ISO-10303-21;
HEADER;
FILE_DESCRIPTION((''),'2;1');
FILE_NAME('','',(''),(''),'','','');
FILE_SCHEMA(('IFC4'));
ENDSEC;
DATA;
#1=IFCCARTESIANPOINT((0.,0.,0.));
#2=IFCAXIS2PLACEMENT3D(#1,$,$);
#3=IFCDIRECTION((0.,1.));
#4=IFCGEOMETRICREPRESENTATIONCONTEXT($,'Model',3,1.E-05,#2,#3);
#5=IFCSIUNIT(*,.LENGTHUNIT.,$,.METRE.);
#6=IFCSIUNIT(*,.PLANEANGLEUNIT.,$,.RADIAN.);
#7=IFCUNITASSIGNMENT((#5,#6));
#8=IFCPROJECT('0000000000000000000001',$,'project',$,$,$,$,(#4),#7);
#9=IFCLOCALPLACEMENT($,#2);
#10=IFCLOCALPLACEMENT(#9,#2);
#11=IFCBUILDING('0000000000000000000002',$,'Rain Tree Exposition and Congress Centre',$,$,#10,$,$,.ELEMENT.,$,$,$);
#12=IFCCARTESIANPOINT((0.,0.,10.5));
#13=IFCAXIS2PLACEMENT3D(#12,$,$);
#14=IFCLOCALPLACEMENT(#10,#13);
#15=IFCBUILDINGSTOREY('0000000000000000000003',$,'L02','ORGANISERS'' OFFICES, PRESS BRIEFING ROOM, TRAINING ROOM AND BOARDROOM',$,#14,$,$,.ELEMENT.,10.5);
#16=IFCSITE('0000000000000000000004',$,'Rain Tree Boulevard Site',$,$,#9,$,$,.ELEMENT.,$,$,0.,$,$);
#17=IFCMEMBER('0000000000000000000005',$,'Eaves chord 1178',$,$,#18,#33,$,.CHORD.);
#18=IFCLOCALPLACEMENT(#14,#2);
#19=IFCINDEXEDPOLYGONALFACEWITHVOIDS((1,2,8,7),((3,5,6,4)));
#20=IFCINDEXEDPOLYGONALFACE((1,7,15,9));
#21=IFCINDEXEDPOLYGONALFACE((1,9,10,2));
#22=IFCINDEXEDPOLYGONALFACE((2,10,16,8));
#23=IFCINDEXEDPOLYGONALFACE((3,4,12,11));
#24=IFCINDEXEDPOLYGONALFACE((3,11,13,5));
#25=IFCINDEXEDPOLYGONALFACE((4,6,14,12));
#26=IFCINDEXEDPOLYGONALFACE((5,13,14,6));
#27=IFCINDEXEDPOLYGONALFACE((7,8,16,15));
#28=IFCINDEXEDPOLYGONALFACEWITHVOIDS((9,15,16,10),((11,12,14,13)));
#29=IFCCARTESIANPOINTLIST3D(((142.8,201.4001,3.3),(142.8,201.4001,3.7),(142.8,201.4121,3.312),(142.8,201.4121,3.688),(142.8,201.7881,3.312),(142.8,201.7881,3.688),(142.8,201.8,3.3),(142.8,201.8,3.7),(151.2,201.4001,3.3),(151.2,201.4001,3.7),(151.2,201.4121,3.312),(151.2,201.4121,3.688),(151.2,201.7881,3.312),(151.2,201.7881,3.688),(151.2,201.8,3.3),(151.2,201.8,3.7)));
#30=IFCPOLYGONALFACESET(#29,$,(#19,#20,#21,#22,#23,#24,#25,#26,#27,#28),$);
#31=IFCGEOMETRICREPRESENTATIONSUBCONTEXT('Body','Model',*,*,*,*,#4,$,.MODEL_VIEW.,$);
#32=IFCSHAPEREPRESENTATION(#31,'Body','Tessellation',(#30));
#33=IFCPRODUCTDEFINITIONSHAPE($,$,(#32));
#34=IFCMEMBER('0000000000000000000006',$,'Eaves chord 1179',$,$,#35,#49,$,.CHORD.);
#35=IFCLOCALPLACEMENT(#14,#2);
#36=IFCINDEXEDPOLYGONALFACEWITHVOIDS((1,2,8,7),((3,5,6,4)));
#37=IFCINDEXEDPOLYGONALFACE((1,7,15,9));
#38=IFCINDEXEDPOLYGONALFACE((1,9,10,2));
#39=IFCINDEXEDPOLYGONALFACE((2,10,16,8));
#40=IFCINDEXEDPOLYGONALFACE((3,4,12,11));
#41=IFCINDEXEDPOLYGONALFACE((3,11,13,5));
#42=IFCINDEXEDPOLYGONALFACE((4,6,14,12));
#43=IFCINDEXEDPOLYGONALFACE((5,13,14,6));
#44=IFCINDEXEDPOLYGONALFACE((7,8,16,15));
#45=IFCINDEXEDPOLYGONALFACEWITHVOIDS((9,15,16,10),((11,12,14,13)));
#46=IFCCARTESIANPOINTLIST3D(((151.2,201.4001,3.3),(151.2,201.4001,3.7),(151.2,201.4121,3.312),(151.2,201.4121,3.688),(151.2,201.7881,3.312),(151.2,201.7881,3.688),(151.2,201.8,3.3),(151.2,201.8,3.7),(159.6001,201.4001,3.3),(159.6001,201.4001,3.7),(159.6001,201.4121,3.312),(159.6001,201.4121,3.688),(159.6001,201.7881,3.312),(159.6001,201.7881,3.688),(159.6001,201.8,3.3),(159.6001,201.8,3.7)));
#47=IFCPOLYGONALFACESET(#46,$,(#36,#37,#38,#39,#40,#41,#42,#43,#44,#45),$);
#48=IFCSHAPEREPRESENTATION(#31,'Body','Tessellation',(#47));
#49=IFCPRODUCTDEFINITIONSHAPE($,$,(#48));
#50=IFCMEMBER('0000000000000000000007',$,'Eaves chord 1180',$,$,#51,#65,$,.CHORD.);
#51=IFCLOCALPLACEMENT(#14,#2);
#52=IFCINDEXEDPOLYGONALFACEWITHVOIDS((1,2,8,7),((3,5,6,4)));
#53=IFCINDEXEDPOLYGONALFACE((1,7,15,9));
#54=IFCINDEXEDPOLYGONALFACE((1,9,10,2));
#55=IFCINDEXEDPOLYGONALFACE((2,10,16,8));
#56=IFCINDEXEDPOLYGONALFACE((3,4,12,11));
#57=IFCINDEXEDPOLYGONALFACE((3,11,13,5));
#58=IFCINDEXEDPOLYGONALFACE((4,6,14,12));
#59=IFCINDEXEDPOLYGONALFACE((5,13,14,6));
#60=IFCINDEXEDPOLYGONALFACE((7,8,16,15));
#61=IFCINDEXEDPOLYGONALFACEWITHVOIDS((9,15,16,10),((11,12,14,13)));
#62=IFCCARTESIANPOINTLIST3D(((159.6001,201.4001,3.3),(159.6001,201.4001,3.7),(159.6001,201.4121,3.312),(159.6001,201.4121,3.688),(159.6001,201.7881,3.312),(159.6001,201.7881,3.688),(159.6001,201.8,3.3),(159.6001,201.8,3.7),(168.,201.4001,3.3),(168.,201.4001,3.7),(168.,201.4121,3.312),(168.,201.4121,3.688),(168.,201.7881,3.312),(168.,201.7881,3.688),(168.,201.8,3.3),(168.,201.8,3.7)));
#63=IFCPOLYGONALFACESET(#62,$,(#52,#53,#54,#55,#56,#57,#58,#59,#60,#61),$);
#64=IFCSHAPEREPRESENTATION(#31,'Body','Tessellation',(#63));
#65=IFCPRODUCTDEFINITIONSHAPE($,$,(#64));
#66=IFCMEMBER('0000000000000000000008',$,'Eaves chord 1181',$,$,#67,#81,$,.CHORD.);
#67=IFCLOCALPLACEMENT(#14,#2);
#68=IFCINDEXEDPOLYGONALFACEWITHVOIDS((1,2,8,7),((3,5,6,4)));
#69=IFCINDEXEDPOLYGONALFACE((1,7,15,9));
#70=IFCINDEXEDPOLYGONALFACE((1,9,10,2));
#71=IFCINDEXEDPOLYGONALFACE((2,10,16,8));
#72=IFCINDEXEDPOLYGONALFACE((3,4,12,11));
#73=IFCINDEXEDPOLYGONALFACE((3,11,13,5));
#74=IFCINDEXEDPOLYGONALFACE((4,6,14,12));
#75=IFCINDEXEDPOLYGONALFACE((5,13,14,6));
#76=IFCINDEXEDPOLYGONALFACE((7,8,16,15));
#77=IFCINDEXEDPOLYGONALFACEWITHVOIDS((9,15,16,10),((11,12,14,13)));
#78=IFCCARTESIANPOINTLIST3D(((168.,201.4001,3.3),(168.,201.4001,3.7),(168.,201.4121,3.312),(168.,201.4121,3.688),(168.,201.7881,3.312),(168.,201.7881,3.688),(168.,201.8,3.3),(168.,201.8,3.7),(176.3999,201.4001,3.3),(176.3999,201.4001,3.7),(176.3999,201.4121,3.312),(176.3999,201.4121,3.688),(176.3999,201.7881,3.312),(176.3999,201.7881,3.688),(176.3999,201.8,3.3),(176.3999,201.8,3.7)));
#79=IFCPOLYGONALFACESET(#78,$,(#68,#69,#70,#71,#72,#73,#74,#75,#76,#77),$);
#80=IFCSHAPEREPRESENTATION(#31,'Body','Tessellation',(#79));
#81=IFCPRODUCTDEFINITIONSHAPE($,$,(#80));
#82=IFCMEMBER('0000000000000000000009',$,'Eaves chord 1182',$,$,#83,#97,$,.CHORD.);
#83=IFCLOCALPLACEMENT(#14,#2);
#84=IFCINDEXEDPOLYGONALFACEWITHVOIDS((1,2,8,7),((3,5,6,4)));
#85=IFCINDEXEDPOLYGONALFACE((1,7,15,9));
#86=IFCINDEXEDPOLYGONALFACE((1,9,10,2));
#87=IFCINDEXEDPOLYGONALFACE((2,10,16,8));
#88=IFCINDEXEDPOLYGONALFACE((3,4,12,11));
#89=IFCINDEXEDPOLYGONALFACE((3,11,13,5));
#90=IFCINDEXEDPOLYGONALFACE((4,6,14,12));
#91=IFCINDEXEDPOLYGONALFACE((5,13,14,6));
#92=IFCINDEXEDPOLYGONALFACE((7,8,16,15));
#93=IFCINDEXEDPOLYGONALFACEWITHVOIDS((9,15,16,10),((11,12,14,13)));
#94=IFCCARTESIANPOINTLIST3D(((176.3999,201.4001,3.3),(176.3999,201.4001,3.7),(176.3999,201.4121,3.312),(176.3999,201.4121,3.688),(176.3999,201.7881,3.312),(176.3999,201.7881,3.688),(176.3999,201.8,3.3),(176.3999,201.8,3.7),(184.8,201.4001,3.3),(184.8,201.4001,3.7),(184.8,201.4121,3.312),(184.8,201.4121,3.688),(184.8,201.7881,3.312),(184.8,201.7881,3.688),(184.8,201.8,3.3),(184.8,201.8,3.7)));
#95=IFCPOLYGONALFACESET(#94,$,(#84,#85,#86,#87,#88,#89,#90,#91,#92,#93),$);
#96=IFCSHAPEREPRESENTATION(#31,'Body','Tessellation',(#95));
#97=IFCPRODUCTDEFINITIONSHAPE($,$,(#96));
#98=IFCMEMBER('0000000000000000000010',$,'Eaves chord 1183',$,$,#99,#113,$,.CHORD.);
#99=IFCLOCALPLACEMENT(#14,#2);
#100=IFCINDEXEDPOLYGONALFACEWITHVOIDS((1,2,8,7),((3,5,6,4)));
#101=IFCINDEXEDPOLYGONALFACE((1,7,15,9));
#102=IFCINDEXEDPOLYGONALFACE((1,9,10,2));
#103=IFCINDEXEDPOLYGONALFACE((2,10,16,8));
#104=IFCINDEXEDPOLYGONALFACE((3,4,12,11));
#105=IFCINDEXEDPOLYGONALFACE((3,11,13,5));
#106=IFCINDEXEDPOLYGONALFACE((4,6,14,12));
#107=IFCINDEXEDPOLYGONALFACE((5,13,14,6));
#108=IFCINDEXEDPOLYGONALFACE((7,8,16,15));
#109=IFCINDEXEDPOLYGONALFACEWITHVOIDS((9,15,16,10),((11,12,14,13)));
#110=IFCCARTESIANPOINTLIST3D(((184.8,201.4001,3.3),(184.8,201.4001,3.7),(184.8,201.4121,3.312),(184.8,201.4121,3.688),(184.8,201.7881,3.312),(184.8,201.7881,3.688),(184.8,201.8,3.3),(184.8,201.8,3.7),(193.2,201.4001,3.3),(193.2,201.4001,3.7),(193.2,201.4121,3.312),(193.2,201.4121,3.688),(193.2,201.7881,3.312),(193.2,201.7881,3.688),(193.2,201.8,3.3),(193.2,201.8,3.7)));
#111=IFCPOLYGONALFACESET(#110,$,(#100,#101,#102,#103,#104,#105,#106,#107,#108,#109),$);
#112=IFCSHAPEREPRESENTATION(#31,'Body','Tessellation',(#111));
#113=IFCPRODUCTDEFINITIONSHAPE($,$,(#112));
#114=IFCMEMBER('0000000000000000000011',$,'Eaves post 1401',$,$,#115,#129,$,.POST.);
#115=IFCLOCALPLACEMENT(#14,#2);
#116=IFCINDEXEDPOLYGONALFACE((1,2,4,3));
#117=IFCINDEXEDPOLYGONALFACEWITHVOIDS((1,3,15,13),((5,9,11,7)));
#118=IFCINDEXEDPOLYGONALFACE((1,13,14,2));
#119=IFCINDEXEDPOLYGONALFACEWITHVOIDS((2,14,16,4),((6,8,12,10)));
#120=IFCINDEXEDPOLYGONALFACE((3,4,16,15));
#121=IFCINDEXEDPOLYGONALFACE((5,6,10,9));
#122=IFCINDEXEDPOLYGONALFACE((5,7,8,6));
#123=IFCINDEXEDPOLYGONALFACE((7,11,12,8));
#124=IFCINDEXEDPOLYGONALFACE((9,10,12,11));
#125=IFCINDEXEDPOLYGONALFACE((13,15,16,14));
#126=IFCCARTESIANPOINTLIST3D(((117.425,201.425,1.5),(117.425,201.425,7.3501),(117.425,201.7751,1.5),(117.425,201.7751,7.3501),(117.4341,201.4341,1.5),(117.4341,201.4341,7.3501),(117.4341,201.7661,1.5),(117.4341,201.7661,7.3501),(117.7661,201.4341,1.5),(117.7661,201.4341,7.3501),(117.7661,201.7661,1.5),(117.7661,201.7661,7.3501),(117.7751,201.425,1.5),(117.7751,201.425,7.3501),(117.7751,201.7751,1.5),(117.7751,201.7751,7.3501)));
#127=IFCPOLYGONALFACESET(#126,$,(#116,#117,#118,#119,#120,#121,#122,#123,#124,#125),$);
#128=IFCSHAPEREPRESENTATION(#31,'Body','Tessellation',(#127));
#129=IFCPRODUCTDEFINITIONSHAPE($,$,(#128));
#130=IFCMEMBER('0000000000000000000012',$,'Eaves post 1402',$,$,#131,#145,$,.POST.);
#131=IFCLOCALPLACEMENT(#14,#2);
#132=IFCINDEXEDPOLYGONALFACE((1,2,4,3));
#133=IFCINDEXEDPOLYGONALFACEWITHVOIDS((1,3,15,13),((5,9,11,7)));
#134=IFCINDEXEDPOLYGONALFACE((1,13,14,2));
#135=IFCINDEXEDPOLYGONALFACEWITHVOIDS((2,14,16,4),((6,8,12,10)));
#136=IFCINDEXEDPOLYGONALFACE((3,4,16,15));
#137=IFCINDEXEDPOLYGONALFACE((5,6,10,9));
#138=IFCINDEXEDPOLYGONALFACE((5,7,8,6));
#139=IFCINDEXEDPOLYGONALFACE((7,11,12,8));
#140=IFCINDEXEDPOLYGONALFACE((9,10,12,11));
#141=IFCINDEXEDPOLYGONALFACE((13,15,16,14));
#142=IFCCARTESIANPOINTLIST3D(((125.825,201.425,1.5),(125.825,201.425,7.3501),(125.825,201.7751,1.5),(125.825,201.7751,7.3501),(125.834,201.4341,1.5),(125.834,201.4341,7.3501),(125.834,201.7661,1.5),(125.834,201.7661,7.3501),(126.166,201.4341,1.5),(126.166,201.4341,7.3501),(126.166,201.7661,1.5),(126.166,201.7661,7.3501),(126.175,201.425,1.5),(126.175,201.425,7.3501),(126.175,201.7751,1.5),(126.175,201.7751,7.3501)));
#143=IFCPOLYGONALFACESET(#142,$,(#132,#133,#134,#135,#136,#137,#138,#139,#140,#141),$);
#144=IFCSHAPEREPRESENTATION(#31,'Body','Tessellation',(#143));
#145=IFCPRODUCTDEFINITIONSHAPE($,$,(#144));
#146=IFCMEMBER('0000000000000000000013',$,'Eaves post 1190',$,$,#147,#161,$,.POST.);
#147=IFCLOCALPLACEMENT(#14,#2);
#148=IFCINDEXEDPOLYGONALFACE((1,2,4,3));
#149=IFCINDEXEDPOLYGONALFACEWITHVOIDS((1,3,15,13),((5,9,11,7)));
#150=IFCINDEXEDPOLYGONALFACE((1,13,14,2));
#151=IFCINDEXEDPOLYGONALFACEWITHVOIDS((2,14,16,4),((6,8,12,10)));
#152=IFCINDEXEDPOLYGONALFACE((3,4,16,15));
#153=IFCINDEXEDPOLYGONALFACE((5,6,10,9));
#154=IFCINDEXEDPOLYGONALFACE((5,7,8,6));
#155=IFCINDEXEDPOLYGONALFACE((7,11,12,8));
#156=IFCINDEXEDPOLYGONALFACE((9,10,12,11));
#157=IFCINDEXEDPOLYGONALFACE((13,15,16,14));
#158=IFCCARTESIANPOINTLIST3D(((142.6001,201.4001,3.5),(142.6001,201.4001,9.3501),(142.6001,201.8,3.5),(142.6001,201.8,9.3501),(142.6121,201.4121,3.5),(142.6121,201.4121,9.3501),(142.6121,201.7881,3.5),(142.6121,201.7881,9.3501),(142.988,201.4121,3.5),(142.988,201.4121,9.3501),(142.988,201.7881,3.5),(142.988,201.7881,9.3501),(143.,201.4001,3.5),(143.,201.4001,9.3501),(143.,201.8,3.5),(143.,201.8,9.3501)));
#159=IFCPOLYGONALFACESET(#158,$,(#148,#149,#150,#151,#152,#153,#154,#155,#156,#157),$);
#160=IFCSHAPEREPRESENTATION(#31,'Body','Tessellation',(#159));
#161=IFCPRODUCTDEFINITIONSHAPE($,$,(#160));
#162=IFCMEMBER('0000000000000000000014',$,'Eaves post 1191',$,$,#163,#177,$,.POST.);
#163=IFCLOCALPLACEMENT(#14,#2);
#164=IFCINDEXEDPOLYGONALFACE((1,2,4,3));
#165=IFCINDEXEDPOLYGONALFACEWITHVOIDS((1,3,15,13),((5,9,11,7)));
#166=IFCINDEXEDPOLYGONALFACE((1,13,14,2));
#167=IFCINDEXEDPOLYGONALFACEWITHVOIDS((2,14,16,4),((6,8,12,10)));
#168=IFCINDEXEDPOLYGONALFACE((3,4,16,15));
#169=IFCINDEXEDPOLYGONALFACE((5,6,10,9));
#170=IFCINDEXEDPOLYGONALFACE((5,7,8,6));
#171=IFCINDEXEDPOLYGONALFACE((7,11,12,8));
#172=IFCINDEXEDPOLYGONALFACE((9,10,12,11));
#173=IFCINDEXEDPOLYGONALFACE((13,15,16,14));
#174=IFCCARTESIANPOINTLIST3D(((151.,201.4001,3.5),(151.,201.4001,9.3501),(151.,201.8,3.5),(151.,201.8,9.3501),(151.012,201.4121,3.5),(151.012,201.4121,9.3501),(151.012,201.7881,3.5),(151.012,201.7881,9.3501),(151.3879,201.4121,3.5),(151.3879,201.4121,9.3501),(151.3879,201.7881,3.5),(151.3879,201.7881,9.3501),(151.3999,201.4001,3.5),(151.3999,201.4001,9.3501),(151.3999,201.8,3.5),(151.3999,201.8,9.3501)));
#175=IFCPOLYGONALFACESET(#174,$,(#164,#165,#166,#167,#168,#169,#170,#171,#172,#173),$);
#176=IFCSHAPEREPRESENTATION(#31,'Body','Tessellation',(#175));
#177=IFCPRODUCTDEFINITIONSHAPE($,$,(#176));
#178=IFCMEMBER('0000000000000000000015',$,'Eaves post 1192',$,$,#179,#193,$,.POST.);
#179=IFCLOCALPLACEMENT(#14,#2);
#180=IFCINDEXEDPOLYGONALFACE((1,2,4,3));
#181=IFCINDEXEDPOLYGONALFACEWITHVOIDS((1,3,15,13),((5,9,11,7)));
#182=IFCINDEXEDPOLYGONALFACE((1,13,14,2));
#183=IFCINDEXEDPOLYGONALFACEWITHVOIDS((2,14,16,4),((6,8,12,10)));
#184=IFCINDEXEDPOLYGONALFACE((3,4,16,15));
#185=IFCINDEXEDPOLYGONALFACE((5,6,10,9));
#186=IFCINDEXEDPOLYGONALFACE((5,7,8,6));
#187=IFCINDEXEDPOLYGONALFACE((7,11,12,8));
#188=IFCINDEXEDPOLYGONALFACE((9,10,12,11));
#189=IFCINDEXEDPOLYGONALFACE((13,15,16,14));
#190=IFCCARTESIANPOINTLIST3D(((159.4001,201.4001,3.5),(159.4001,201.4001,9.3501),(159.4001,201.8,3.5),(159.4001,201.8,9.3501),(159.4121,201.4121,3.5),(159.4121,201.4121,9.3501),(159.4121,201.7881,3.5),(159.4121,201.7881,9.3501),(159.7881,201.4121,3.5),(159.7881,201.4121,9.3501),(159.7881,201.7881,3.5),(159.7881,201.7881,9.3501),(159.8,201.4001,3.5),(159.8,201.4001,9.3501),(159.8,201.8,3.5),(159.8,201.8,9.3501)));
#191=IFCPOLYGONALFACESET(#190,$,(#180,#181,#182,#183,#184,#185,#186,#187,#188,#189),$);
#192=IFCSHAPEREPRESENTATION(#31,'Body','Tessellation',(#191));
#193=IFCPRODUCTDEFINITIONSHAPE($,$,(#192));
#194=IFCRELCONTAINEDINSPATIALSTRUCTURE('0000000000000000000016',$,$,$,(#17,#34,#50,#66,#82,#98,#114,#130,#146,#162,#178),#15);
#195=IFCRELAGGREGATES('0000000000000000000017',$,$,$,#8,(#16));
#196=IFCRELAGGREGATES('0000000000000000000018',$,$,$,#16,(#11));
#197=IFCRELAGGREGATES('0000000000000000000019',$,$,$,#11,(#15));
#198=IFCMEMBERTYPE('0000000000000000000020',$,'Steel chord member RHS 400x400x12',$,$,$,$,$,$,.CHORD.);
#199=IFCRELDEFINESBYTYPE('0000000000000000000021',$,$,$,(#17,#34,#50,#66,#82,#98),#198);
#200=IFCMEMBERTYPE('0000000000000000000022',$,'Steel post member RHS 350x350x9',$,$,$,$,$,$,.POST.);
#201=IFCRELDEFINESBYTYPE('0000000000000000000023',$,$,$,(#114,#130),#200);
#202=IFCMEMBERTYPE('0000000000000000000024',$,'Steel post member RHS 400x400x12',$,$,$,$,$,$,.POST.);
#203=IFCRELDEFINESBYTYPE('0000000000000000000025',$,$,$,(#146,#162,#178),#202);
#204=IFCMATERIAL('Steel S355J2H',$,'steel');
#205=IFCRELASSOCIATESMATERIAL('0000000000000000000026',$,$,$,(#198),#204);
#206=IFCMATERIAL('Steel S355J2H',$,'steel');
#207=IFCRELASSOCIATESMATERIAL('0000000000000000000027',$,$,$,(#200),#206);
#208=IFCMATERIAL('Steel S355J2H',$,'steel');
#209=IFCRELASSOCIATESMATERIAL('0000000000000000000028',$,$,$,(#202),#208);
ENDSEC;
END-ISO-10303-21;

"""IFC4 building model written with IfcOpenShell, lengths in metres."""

from ifc_helpers import new_model, si_unit, direction, frame, origin, origin_2d, place, context, subcontext, project, spatial, hollow_rectangle, extrude, material, material_profile, profile_set, type_object, element, save


model = new_model("IFC4")

# Units and contexts
model_context = context("Model", 3, precision=1e-05, world=origin(), true_north=direction((0.0, 1.0)))
body_context = subcontext(model_context, "Body", "Model", "MODEL_VIEW")
ifc_project = project(units=[si_unit("LENGTHUNIT", "METRE"), si_unit("PLANEANGLEUNIT", "RADIAN")], contexts=[model_context])

# Site, building, storey
site_placement = place(None, origin())
site = spatial("IfcSite", under=ifc_project, at=site_placement, Name="Rain Tree Boulevard Site", CompositionType="ELEMENT", RefElevation=0.0)
building_placement = place(site_placement, origin())
building = spatial("IfcBuilding", under=site, at=building_placement, Name="Rain Tree Exposition and Congress Centre", CompositionType="ELEMENT")
storey_placement = place(building_placement, frame((0.0, 0.0, 10.5)))
storey = spatial("IfcBuildingStorey", under=building, at=storey_placement, Name="L02", Description="ORGANISERS' OFFICES, PRESS BRIEFING ROOM, TRAINING ROOM AND BOARDROOM", CompositionType="ELEMENT", Elevation=10.5)

# Members
ifc_material_1 = material(Name="Steel S355J2H", Category="steel")
ifc_material_profile_1 = material_profile(ifc_material_1, hollow_rectangle(XDim=0.3999, YDim=0.3999, WallThickness=0.012, at=origin_2d()), Name="RHS 400x400x12")
ifc_profile_set_1 = profile_set([ifc_material_profile_1], Name="Steel S355J2H")
member_type_1 = type_object("IfcMemberType", Name="Steel chord member RHS 400x400x12", PredefinedType="CHORD", material=ifc_profile_set_1)
for number, where, z_axis, x_axis, name in (
    (1, (142.8, 201.6001, 3.5), (1.0, 0.0, 0.0), (0.0, 1.0, 0.0), "Eaves chord 1178"),
):
    element("IfcMember", number, at=place(storey_placement, frame(where, z_axis=z_axis, x_axis=x_axis)), inside=storey, type_object=member_type_1, Name=name, PredefinedType="CHORD", context=body_context, shape_type="SweptSolid", body=[
        extrude(hollow_rectangle(XDim=0.3999, YDim=0.3999, WallThickness=0.012, at=origin_2d()), origin(), (0.0, 0.0, 1.0), 8.3999),
    ])
member_1_placement = place(storey_placement, frame((151.2, 201.6001, 3.5), z_axis=(1.0, 0.0, 0.0), x_axis=(0.0, 1.0, 0.0)))
element("IfcMember", 2, at=member_1_placement, inside=storey, type_object=member_type_1, Name="Eaves chord 1179", PredefinedType="CHORD", context=body_context, shape_type="SweptSolid", body=[
    extrude(hollow_rectangle(XDim=0.3999, YDim=0.3999, WallThickness=0.012, at=origin_2d()), origin(), (0.0, 0.0, 1.0), 8.4001),
])
for number, where, z_axis, x_axis, name in (
    (3, (159.6001, 201.6001, 3.5), (1.0, 0.0, 0.0), (0.0, 1.0, 0.0), "Eaves chord 1180"),
    (4, (168.0, 201.6001, 3.5), (1.0, 0.0, 0.0), (0.0, 1.0, 0.0), "Eaves chord 1181"),
):
    element("IfcMember", number, at=place(storey_placement, frame(where, z_axis=z_axis, x_axis=x_axis)), inside=storey, type_object=member_type_1, Name=name, PredefinedType="CHORD", context=body_context, shape_type="SweptSolid", body=[
        extrude(hollow_rectangle(XDim=0.3999, YDim=0.3999, WallThickness=0.012, at=origin_2d()), origin(), (0.0, 0.0, 1.0), 8.3999),
    ])
member_2_placement = place(storey_placement, frame((176.3999, 201.6001, 3.5), z_axis=(1.0, 0.0, 0.0), x_axis=(0.0, 1.0, 0.0)))
element("IfcMember", 5, at=member_2_placement, inside=storey, type_object=member_type_1, Name="Eaves chord 1182", PredefinedType="CHORD", context=body_context, shape_type="SweptSolid", body=[
    extrude(hollow_rectangle(XDim=0.3999, YDim=0.3999, WallThickness=0.012, at=origin_2d()), origin(), (0.0, 0.0, 1.0), 8.4001),
])
member_3_placement = place(storey_placement, frame((184.8, 201.6001, 3.5), z_axis=(1.0, 0.0, 0.0), x_axis=(0.0, 1.0, 0.0)))
element("IfcMember", 6, at=member_3_placement, inside=storey, type_object=member_type_1, Name="Eaves chord 1183", PredefinedType="CHORD", context=body_context, shape_type="SweptSolid", body=[
    extrude(hollow_rectangle(XDim=0.3999, YDim=0.3999, WallThickness=0.012, at=origin_2d()), origin(), (0.0, 0.0, 1.0), 8.3999),
])
ifc_material_2 = material(Name="Steel S355J2H", Category="steel")
ifc_material_profile_2 = material_profile(ifc_material_2, hollow_rectangle(XDim=0.3501, YDim=0.3501, WallThickness=0.009, at=origin_2d()), Name="RHS 350x350x9")
ifc_profile_set_2 = profile_set([ifc_material_profile_2], Name="Steel S355J2H")
member_type_2 = type_object("IfcMemberType", Name="Steel post member RHS 350x350x9", PredefinedType="POST", material=ifc_profile_set_2)
for number, where, z_axis, x_axis, name in (
    (7, (117.6001, 201.6001, 1.5), (0.0, 0.0, 1.0), (1.0, 0.0, 0.0), "Eaves post 1401"),
    (8, (126.0, 201.6001, 1.5), (0.0, 0.0, 1.0), (1.0, 0.0, 0.0), "Eaves post 1402"),
):
    element("IfcMember", number, at=place(storey_placement, frame(where, z_axis=z_axis, x_axis=x_axis)), inside=storey, type_object=member_type_2, Name=name, PredefinedType="POST", context=body_context, shape_type="SweptSolid", body=[
        extrude(hollow_rectangle(XDim=0.3501, YDim=0.3501, WallThickness=0.009, at=origin_2d()), origin(), (0.0, 0.0, 1.0), 5.8501),
    ])
ifc_material_3 = material(Name="Steel S355J2H", Category="steel")
ifc_material_profile_3 = material_profile(ifc_material_3, hollow_rectangle(XDim=0.3999, YDim=0.3999, WallThickness=0.012, at=origin_2d()), Name="RHS 400x400x12")
ifc_profile_set_3 = profile_set([ifc_material_profile_3], Name="Steel S355J2H")
member_type_3 = type_object("IfcMemberType", Name="Steel post member RHS 400x400x12", PredefinedType="POST", material=ifc_profile_set_3)
for number, where, z_axis, x_axis, name in (
    (9, (142.8, 201.6001, 3.5), (0.0, 0.0, 1.0), (1.0, 0.0, 0.0), "Eaves post 1190"),
    (10, (151.2, 201.6001, 3.5), (0.0, 0.0, 1.0), (1.0, 0.0, 0.0), "Eaves post 1191"),
    (11, (159.6001, 201.6001, 3.5), (0.0, 0.0, 1.0), (1.0, 0.0, 0.0), "Eaves post 1192"),
):
    element("IfcMember", number, at=place(storey_placement, frame(where, z_axis=z_axis, x_axis=x_axis)), inside=storey, type_object=member_type_3, Name=name, PredefinedType="POST", context=body_context, shape_type="SweptSolid", body=[
        extrude(hollow_rectangle(XDim=0.3999, YDim=0.3999, WallThickness=0.012, at=origin_2d()), origin(), (0.0, 0.0, 1.0), 5.8501),
    ])

save(model, "model.ifc")
